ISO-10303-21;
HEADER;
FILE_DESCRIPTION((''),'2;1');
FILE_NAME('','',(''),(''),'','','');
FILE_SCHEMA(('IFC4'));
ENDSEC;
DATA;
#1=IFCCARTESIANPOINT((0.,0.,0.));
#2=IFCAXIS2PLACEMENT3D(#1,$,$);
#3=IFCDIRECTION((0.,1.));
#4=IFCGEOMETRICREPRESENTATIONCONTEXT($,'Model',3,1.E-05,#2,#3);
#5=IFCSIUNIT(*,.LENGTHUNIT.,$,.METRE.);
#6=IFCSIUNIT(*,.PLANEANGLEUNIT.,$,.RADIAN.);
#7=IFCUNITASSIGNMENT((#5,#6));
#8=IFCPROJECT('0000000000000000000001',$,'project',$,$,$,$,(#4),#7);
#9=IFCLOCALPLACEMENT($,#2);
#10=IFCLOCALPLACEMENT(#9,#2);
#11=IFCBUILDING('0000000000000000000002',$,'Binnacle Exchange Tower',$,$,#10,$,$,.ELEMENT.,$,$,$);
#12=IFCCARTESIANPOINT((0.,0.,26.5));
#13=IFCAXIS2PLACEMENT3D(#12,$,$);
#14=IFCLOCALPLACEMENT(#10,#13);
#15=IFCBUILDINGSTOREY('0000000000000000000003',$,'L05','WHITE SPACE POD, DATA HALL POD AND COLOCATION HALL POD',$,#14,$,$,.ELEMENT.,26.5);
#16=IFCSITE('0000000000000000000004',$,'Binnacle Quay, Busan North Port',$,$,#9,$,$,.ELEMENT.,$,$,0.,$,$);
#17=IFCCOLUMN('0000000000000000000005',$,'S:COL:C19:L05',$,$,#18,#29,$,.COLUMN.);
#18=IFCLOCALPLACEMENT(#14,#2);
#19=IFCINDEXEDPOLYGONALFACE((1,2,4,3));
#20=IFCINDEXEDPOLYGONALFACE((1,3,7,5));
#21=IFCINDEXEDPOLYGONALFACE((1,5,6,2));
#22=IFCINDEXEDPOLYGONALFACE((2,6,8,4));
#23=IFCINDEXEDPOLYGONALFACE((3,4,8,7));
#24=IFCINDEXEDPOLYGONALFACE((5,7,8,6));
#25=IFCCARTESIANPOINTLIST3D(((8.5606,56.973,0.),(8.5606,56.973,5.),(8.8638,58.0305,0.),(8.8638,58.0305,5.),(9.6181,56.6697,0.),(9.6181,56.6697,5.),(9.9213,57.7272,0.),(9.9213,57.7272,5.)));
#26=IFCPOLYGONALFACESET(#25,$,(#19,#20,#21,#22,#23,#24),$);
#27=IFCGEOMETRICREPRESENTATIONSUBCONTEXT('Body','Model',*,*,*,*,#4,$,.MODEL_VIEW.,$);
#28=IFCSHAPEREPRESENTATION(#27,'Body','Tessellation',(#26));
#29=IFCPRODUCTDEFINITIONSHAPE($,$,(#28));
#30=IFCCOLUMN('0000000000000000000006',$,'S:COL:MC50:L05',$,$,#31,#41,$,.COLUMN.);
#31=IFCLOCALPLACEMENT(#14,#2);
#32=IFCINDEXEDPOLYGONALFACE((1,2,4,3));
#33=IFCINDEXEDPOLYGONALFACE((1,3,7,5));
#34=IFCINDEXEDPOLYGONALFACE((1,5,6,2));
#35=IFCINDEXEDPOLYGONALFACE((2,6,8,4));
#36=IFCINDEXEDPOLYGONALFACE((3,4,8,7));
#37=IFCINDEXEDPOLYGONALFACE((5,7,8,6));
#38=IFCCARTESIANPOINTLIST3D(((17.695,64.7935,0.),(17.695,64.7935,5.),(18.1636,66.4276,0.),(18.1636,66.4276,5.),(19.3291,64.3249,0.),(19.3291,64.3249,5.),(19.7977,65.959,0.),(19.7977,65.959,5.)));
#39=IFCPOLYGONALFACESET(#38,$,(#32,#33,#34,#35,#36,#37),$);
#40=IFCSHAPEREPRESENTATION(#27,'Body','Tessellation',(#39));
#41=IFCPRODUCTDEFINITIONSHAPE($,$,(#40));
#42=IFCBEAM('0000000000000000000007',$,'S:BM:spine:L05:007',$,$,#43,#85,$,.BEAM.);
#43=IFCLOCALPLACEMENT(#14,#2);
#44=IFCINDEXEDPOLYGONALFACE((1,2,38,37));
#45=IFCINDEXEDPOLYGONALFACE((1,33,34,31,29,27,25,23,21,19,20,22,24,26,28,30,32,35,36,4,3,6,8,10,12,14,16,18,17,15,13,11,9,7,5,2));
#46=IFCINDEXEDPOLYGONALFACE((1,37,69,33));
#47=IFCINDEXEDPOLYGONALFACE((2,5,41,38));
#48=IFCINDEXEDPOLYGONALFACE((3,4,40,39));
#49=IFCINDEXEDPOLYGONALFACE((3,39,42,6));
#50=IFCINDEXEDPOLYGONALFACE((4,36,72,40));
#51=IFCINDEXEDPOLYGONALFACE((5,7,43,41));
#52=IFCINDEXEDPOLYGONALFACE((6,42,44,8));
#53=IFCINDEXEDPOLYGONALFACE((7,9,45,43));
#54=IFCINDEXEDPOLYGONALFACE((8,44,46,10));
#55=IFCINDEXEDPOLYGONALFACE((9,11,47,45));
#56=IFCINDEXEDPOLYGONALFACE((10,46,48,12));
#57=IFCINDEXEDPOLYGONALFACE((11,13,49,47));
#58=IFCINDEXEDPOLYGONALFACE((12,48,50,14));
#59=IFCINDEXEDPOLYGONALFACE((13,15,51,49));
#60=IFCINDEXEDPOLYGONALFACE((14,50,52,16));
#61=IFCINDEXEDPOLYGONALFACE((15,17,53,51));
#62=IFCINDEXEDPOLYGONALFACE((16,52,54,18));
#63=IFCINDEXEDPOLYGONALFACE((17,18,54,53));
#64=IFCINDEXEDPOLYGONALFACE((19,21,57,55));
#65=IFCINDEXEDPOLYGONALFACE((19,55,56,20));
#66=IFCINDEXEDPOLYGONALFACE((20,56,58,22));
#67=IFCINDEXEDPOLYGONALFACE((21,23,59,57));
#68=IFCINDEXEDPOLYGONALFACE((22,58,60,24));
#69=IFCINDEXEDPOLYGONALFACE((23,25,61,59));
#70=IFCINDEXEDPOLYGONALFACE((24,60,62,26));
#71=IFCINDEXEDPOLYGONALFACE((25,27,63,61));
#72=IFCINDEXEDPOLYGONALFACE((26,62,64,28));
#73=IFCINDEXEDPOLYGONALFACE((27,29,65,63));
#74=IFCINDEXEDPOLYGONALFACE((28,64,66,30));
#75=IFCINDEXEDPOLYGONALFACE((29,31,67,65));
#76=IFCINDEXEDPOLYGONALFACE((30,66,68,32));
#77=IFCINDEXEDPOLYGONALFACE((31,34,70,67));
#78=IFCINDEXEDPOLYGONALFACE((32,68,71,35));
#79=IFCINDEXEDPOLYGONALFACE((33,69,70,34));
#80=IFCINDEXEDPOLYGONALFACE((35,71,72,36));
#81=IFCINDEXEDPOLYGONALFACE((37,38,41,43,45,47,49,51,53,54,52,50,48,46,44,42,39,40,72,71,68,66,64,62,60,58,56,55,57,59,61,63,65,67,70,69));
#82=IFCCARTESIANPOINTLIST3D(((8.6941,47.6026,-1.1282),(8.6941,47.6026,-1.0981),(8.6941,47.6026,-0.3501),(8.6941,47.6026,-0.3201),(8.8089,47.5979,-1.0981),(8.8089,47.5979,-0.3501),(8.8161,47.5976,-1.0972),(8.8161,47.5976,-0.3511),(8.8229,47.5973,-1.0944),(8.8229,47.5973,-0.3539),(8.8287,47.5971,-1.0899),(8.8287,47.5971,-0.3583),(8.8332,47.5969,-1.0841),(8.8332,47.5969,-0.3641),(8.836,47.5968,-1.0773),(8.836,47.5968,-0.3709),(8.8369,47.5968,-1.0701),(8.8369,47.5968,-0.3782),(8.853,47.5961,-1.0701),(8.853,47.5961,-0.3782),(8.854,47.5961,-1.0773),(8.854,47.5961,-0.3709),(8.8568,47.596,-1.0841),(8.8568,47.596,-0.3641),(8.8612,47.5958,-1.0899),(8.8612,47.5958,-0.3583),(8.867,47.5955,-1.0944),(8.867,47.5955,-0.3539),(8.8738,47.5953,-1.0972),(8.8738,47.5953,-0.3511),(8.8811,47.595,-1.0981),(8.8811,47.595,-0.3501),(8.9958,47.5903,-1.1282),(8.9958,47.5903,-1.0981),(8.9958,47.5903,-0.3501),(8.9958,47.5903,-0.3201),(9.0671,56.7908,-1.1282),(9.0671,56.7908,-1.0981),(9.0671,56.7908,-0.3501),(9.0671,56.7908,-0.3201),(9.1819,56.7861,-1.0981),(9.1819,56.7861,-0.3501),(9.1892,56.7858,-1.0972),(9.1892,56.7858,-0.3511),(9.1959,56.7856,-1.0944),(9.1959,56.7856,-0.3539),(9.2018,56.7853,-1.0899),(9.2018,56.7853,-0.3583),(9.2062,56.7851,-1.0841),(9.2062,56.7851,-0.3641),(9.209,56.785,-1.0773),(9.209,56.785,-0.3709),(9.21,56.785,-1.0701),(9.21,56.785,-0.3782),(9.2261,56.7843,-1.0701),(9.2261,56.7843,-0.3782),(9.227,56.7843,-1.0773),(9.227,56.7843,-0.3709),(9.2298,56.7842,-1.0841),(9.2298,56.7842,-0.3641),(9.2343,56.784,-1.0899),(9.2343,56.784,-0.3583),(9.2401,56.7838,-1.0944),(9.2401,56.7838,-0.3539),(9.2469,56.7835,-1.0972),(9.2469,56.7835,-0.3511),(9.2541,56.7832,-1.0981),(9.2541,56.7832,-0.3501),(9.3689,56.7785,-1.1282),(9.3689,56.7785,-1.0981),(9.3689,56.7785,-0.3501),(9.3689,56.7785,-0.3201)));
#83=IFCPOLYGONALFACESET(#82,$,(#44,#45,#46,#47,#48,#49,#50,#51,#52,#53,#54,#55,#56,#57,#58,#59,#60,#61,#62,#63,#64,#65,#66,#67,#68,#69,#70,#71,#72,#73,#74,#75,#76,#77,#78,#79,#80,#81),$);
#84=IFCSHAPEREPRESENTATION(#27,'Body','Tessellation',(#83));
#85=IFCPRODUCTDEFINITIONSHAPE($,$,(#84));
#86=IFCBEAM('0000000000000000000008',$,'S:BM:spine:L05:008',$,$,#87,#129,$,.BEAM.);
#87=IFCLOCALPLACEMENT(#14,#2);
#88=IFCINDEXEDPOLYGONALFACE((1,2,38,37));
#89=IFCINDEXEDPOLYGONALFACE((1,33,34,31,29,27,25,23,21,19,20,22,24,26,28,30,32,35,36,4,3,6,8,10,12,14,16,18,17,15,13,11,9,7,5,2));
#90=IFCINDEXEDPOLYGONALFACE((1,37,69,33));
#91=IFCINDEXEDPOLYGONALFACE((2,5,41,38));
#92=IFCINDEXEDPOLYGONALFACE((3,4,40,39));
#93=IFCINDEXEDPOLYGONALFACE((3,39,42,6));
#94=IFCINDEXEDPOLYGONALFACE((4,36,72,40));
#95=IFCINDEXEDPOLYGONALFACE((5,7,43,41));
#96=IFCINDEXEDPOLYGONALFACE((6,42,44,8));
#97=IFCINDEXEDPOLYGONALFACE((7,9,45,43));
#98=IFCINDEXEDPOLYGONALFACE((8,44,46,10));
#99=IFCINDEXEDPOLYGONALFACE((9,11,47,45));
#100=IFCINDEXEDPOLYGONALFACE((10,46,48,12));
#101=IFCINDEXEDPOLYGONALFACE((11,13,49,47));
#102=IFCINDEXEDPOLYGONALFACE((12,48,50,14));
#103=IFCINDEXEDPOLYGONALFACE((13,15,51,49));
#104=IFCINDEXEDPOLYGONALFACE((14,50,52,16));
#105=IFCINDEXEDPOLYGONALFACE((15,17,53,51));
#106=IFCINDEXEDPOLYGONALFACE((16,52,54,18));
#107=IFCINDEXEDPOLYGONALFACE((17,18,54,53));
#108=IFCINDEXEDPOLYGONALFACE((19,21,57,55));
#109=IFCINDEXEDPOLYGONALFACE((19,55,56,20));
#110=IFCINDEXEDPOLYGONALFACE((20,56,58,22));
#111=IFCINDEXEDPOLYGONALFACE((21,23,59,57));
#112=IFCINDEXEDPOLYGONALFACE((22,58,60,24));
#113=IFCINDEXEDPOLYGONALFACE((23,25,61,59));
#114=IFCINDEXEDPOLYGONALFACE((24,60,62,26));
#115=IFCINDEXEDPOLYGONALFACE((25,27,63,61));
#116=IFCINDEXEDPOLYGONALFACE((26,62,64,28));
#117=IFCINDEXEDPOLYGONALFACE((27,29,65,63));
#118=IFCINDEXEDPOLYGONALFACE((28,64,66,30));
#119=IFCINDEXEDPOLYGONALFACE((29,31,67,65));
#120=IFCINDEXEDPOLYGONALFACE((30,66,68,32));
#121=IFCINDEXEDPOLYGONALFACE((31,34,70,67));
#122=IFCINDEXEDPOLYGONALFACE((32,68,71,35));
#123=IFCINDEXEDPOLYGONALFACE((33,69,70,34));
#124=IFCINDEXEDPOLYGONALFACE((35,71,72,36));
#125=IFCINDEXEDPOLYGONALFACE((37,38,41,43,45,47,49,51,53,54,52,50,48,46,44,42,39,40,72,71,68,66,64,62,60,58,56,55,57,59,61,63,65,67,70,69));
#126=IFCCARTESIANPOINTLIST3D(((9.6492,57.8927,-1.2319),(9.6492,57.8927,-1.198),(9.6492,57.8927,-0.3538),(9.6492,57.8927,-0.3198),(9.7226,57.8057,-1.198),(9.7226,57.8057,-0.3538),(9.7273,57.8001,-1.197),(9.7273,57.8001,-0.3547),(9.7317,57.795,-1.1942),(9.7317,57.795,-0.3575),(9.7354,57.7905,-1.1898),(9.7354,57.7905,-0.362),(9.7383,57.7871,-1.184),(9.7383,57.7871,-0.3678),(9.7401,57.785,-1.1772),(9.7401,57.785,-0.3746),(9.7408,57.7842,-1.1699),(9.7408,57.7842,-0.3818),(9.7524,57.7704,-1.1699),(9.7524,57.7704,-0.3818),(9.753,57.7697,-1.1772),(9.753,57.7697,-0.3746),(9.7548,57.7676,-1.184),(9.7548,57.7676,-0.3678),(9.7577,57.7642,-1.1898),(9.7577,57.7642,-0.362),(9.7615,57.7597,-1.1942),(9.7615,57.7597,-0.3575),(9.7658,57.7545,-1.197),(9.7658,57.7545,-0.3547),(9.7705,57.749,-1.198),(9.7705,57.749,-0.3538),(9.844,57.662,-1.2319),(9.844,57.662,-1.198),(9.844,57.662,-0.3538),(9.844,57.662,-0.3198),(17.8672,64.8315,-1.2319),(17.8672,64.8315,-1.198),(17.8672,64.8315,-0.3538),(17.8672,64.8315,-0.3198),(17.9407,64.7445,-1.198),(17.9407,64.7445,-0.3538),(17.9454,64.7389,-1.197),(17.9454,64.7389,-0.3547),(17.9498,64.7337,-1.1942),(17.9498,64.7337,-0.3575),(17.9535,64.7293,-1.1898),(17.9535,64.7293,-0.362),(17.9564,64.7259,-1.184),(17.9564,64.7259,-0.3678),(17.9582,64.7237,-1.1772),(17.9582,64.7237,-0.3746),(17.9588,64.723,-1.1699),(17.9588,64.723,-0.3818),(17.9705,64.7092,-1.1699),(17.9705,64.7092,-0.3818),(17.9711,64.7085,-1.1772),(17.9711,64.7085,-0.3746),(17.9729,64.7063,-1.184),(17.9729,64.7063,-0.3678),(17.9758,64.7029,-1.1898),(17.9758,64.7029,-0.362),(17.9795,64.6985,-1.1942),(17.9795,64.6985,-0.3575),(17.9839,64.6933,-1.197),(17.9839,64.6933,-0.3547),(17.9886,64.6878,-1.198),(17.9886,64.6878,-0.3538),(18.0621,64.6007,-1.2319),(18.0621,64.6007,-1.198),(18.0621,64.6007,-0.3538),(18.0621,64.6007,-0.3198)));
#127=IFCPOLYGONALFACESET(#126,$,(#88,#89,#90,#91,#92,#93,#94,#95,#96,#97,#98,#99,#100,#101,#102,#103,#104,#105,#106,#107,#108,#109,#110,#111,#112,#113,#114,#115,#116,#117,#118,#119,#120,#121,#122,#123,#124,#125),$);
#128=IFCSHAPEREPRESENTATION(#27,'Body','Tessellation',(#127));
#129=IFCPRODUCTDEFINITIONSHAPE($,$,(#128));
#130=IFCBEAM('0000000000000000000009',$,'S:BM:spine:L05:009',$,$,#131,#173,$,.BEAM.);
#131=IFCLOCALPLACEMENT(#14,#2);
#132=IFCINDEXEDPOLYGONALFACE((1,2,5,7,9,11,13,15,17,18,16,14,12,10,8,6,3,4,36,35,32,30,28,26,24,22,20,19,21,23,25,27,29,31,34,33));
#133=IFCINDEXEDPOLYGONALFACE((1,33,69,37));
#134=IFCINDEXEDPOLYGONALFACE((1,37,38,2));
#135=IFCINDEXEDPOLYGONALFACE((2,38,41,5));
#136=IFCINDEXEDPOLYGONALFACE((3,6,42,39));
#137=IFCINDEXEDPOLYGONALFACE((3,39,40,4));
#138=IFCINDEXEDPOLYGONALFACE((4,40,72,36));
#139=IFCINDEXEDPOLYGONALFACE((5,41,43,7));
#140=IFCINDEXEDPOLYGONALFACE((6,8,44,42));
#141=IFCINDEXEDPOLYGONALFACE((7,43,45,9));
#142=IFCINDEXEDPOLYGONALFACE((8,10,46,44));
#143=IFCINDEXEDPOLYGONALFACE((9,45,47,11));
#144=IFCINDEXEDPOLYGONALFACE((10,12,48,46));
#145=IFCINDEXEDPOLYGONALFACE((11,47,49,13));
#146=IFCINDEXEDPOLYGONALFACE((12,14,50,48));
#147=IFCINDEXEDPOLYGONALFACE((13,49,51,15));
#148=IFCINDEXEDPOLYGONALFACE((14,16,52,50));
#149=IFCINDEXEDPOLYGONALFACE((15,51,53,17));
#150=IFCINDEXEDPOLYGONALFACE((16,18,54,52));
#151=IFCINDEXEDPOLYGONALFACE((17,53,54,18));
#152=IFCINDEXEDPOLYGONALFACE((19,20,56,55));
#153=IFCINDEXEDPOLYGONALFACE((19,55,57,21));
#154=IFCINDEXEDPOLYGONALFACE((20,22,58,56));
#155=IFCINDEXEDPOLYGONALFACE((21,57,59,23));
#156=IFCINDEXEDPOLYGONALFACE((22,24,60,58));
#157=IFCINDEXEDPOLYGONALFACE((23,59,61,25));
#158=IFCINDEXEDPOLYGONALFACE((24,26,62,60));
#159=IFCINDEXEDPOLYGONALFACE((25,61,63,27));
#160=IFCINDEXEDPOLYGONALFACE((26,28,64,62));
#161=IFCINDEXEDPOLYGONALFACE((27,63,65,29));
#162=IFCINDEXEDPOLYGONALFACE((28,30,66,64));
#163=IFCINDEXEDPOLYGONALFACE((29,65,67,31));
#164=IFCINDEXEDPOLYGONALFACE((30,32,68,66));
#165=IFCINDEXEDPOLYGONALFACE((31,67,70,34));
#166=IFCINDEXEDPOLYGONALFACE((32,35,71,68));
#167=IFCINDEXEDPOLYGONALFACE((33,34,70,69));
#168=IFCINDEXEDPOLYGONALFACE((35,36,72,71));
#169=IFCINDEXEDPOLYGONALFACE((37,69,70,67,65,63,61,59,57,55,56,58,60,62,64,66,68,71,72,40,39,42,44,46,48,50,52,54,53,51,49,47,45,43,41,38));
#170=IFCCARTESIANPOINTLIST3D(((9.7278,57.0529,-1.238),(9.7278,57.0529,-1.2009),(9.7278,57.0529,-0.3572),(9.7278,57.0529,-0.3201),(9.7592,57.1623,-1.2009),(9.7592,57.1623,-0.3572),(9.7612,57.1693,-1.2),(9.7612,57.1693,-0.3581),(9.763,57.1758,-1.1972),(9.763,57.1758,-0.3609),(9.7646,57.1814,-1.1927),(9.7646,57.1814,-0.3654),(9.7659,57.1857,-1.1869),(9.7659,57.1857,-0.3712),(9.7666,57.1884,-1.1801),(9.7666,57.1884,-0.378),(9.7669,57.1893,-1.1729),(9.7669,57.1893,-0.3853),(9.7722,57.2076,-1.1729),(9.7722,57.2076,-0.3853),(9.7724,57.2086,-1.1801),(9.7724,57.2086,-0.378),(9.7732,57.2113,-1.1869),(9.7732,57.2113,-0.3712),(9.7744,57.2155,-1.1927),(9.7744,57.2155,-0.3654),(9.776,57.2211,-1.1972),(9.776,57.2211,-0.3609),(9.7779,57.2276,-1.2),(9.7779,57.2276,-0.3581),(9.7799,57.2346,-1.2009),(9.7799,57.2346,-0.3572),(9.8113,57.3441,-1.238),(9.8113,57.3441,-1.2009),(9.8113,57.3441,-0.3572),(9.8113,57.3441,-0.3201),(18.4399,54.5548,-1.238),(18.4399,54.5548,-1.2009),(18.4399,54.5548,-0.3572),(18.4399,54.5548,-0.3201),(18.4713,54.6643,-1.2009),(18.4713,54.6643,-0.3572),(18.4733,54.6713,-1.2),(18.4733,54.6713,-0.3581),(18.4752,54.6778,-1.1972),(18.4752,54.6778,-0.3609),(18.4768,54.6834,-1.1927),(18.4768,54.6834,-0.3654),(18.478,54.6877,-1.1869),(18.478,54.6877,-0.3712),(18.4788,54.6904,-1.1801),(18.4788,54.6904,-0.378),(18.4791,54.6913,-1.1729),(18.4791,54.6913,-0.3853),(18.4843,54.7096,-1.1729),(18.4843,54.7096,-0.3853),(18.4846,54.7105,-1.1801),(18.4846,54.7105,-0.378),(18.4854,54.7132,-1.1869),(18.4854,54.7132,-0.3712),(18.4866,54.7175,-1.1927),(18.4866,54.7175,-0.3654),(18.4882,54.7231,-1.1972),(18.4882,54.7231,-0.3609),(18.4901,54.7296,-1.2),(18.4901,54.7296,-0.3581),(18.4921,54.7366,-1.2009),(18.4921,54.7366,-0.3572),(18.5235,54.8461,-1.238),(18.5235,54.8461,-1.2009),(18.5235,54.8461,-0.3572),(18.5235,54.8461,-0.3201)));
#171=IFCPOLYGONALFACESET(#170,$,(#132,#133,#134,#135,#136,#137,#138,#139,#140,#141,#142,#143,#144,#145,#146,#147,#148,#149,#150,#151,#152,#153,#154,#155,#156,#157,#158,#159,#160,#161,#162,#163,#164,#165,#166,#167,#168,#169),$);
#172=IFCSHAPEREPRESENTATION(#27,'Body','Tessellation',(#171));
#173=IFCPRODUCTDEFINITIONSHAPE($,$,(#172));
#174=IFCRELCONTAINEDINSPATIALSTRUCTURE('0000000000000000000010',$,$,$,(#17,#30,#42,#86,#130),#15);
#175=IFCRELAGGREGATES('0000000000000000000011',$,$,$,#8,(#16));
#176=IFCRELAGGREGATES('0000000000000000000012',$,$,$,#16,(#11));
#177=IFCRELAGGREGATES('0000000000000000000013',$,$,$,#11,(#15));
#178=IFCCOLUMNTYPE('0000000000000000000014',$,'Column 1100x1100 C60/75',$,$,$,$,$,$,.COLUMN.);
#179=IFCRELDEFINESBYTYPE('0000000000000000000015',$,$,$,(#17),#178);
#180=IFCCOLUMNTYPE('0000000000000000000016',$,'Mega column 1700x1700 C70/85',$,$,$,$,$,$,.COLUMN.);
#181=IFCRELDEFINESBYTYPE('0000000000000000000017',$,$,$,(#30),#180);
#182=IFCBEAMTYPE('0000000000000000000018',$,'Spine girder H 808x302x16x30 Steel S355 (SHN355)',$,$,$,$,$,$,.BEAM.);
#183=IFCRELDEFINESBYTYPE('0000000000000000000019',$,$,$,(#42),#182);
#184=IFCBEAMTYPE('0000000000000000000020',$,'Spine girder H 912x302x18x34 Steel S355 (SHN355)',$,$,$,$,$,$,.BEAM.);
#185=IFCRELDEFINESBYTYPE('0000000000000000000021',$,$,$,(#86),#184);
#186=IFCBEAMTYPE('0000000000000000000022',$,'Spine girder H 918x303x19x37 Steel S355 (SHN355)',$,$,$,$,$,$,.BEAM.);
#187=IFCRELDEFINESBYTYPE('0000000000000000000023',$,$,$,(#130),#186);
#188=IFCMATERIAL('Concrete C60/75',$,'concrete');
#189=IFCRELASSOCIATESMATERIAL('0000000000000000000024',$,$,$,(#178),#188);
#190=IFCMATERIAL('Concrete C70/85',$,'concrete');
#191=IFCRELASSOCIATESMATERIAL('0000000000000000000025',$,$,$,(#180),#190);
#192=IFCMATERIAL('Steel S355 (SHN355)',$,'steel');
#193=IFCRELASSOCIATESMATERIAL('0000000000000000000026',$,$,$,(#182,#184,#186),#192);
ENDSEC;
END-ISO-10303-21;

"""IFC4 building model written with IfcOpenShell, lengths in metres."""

from ifc_helpers import new_model, si_unit, direction, frame, origin, origin_2d, place, context, subcontext, project, spatial, rectangle, i_section, extrude, material, material_profile, profile_set, type_object, element, save


model = new_model("IFC4")

# Units and contexts
model_context = context("Model", 3, precision=1e-05, world=origin(), true_north=direction((0.0, 1.0)))
body_context = subcontext(model_context, "Body", "Model", "MODEL_VIEW")
ifc_project = project(units=[si_unit("LENGTHUNIT", "METRE"), si_unit("PLANEANGLEUNIT", "RADIAN")], contexts=[model_context])

# Site, building, storey
site_placement = place(None, origin())
site = spatial("IfcSite", under=ifc_project, at=site_placement, Name="Binnacle Quay, Busan North Port", CompositionType="ELEMENT", RefElevation=0.0)
building_placement = place(site_placement, origin())
building = spatial("IfcBuilding", under=site, at=building_placement, Name="Binnacle Exchange Tower", CompositionType="ELEMENT")
storey_placement = place(building_placement, frame((0.0, 0.0, 26.5)))
storey = spatial("IfcBuildingStorey", under=building, at=storey_placement, Name="L05", Description="WHITE SPACE POD, DATA HALL POD AND COLOCATION HALL POD", CompositionType="ELEMENT", Elevation=26.5)

# Columns
ifc_material_1 = material(Name="Concrete C60/75", Category="concrete")
ifc_material_profile_1 = material_profile(ifc_material_1, rectangle(XDim=1.1001, YDim=1.1001, at=origin_2d()), Name="Column 1100x1100 C60/75")
ifc_profile_set_1 = profile_set([ifc_material_profile_1], Name="Concrete C60/75")
column_type_1 = type_object("IfcColumnType", Name="Column 1100x1100 C60/75", PredefinedType="COLUMN", material=ifc_profile_set_1)
column_1_placement = place(storey_placement, frame((9.241, 57.3501, 0.0), z_axis=(0.0, 0.0, 1.0), x_axis=(0.961262, -0.275637, 0.0)))
element("IfcColumn", 1, at=column_1_placement, inside=storey, type_object=column_type_1, Name="S:COL:C19:L05", PredefinedType="COLUMN", context=body_context, shape_type="SweptSolid", body=[
    extrude(rectangle(XDim=1.1001, YDim=1.1001, at=origin_2d()), origin(), (0.0, 0.0, 1.0), 5.0),
])
ifc_material_2 = material(Name="Concrete C70/85", Category="concrete")
ifc_material_profile_2 = material_profile(ifc_material_2, rectangle(XDim=1.7, YDim=1.7, at=origin_2d()), Name="Mega column 1700x1700 C70/85")
ifc_profile_set_2 = profile_set([ifc_material_profile_2], Name="Concrete C70/85")
column_type_2 = type_object("IfcColumnType", Name="Mega column 1700x1700 C70/85", PredefinedType="COLUMN", material=ifc_profile_set_2)
column_2_placement = place(storey_placement, frame((18.7463, 65.3762, 0.0), z_axis=(0.0, 0.0, 1.0), x_axis=(-0.961262, 0.275637, 0.0)))
element("IfcColumn", 2, at=column_2_placement, inside=storey, type_object=column_type_2, Name="S:COL:MC50:L05", PredefinedType="COLUMN", context=body_context, shape_type="SweptSolid", body=[
    extrude(rectangle(XDim=1.7, YDim=1.7, at=origin_2d()), origin(), (0.0, 0.0, 1.0), 5.0),
])

# Beams
ifc_material_3 = material(Name="Steel S355 (SHN355)", Category="steel")
ifc_material_profile_3 = material_profile(ifc_material_3, i_section(OverallWidth=0.302, OverallDepth=0.8081, WebThickness=0.0161, FlangeThickness=0.03, FilletRadius=0.0281, at=origin_2d()), Name="H 808x302x16x30")
ifc_profile_set_3 = profile_set([ifc_material_profile_3], Name="Steel S355 (SHN355)")
beam_type_1 = type_object("IfcBeamType", Name="Spine girder H 808x302x16x30 Steel S355 (SHN355)", PredefinedType="BEAM", material=ifc_profile_set_3)
beam_1_placement = place(storey_placement, frame((9.218, 56.7847, -0.7241), z_axis=(-0.040567, -0.999177, 0.0), x_axis=(0.999177, -0.040567, 0.0)))
element("IfcBeam", 3, at=beam_1_placement, inside=storey, type_object=beam_type_1, Name="S:BM:spine:L05:007", PredefinedType="BEAM", context=body_context, shape_type="SweptSolid", body=[
    extrude(i_section(OverallWidth=0.302, OverallDepth=0.8081, WebThickness=0.0161, FlangeThickness=0.03, FilletRadius=0.0281, at=origin_2d()), origin(), (0.0, 0.0, 1.0), 9.1958),
])
ifc_material_profile_4 = material_profile(ifc_material_3, i_section(OverallWidth=0.302, OverallDepth=0.9121, WebThickness=0.0181, FlangeThickness=0.0339, FilletRadius=0.0281, at=origin_2d()), Name="H 912x302x18x34")
ifc_profile_set_4 = profile_set([ifc_material_profile_4], Name="Steel S355 (SHN355)")
beam_type_2 = type_object("IfcBeamType", Name="Spine girder H 912x302x18x34 Steel S355 (SHN355)", PredefinedType="BEAM", material=ifc_profile_set_4)
beam_2_placement = place(storey_placement, frame((9.7466, 57.7773, -0.7759), z_axis=(0.764073, 0.64513, 0.0), x_axis=(-0.64513, 0.764073, 0.0)))
element("IfcBeam", 4, at=beam_2_placement, inside=storey, type_object=beam_type_2, Name="S:BM:spine:L05:008", PredefinedType="BEAM", context=body_context, shape_type="SweptSolid", body=[
    extrude(i_section(OverallWidth=0.302, OverallDepth=0.9121, WebThickness=0.0181, FlangeThickness=0.0339, FilletRadius=0.0281, at=origin_2d()), origin(), (0.0, 0.0, 1.0), 10.7556),
])
ifc_material_profile_5 = material_profile(ifc_material_3, i_section(OverallWidth=0.303, OverallDepth=0.918, WebThickness=0.019, FlangeThickness=0.0371, FilletRadius=0.0281, at=origin_2d()), Name="H 918x303x19x37")
ifc_profile_set_5 = profile_set([ifc_material_profile_5], Name="Steel S355 (SHN355)")
beam_type_3 = type_object("IfcBeamType", Name="Spine girder H 918x303x19x37 Steel S355 (SHN355)", PredefinedType="BEAM", material=ifc_profile_set_5)
beam_3_placement = place(storey_placement, frame((9.7695, 57.1985, -0.7791), z_axis=(0.961265, -0.275625, 0.0), x_axis=(0.275625, 0.961265, 0.0)))
element("IfcBeam", 5, at=beam_3_placement, inside=storey, type_object=beam_type_3, Name="S:BM:spine:L05:009", PredefinedType="BEAM", context=body_context, shape_type="SweptSolid", body=[
    extrude(i_section(OverallWidth=0.303, OverallDepth=0.918, WebThickness=0.019, FlangeThickness=0.0371, FilletRadius=0.0281, at=origin_2d()), origin(), (0.0, 0.0, 1.0), 9.0632),
])

save(model, "model.ifc")
